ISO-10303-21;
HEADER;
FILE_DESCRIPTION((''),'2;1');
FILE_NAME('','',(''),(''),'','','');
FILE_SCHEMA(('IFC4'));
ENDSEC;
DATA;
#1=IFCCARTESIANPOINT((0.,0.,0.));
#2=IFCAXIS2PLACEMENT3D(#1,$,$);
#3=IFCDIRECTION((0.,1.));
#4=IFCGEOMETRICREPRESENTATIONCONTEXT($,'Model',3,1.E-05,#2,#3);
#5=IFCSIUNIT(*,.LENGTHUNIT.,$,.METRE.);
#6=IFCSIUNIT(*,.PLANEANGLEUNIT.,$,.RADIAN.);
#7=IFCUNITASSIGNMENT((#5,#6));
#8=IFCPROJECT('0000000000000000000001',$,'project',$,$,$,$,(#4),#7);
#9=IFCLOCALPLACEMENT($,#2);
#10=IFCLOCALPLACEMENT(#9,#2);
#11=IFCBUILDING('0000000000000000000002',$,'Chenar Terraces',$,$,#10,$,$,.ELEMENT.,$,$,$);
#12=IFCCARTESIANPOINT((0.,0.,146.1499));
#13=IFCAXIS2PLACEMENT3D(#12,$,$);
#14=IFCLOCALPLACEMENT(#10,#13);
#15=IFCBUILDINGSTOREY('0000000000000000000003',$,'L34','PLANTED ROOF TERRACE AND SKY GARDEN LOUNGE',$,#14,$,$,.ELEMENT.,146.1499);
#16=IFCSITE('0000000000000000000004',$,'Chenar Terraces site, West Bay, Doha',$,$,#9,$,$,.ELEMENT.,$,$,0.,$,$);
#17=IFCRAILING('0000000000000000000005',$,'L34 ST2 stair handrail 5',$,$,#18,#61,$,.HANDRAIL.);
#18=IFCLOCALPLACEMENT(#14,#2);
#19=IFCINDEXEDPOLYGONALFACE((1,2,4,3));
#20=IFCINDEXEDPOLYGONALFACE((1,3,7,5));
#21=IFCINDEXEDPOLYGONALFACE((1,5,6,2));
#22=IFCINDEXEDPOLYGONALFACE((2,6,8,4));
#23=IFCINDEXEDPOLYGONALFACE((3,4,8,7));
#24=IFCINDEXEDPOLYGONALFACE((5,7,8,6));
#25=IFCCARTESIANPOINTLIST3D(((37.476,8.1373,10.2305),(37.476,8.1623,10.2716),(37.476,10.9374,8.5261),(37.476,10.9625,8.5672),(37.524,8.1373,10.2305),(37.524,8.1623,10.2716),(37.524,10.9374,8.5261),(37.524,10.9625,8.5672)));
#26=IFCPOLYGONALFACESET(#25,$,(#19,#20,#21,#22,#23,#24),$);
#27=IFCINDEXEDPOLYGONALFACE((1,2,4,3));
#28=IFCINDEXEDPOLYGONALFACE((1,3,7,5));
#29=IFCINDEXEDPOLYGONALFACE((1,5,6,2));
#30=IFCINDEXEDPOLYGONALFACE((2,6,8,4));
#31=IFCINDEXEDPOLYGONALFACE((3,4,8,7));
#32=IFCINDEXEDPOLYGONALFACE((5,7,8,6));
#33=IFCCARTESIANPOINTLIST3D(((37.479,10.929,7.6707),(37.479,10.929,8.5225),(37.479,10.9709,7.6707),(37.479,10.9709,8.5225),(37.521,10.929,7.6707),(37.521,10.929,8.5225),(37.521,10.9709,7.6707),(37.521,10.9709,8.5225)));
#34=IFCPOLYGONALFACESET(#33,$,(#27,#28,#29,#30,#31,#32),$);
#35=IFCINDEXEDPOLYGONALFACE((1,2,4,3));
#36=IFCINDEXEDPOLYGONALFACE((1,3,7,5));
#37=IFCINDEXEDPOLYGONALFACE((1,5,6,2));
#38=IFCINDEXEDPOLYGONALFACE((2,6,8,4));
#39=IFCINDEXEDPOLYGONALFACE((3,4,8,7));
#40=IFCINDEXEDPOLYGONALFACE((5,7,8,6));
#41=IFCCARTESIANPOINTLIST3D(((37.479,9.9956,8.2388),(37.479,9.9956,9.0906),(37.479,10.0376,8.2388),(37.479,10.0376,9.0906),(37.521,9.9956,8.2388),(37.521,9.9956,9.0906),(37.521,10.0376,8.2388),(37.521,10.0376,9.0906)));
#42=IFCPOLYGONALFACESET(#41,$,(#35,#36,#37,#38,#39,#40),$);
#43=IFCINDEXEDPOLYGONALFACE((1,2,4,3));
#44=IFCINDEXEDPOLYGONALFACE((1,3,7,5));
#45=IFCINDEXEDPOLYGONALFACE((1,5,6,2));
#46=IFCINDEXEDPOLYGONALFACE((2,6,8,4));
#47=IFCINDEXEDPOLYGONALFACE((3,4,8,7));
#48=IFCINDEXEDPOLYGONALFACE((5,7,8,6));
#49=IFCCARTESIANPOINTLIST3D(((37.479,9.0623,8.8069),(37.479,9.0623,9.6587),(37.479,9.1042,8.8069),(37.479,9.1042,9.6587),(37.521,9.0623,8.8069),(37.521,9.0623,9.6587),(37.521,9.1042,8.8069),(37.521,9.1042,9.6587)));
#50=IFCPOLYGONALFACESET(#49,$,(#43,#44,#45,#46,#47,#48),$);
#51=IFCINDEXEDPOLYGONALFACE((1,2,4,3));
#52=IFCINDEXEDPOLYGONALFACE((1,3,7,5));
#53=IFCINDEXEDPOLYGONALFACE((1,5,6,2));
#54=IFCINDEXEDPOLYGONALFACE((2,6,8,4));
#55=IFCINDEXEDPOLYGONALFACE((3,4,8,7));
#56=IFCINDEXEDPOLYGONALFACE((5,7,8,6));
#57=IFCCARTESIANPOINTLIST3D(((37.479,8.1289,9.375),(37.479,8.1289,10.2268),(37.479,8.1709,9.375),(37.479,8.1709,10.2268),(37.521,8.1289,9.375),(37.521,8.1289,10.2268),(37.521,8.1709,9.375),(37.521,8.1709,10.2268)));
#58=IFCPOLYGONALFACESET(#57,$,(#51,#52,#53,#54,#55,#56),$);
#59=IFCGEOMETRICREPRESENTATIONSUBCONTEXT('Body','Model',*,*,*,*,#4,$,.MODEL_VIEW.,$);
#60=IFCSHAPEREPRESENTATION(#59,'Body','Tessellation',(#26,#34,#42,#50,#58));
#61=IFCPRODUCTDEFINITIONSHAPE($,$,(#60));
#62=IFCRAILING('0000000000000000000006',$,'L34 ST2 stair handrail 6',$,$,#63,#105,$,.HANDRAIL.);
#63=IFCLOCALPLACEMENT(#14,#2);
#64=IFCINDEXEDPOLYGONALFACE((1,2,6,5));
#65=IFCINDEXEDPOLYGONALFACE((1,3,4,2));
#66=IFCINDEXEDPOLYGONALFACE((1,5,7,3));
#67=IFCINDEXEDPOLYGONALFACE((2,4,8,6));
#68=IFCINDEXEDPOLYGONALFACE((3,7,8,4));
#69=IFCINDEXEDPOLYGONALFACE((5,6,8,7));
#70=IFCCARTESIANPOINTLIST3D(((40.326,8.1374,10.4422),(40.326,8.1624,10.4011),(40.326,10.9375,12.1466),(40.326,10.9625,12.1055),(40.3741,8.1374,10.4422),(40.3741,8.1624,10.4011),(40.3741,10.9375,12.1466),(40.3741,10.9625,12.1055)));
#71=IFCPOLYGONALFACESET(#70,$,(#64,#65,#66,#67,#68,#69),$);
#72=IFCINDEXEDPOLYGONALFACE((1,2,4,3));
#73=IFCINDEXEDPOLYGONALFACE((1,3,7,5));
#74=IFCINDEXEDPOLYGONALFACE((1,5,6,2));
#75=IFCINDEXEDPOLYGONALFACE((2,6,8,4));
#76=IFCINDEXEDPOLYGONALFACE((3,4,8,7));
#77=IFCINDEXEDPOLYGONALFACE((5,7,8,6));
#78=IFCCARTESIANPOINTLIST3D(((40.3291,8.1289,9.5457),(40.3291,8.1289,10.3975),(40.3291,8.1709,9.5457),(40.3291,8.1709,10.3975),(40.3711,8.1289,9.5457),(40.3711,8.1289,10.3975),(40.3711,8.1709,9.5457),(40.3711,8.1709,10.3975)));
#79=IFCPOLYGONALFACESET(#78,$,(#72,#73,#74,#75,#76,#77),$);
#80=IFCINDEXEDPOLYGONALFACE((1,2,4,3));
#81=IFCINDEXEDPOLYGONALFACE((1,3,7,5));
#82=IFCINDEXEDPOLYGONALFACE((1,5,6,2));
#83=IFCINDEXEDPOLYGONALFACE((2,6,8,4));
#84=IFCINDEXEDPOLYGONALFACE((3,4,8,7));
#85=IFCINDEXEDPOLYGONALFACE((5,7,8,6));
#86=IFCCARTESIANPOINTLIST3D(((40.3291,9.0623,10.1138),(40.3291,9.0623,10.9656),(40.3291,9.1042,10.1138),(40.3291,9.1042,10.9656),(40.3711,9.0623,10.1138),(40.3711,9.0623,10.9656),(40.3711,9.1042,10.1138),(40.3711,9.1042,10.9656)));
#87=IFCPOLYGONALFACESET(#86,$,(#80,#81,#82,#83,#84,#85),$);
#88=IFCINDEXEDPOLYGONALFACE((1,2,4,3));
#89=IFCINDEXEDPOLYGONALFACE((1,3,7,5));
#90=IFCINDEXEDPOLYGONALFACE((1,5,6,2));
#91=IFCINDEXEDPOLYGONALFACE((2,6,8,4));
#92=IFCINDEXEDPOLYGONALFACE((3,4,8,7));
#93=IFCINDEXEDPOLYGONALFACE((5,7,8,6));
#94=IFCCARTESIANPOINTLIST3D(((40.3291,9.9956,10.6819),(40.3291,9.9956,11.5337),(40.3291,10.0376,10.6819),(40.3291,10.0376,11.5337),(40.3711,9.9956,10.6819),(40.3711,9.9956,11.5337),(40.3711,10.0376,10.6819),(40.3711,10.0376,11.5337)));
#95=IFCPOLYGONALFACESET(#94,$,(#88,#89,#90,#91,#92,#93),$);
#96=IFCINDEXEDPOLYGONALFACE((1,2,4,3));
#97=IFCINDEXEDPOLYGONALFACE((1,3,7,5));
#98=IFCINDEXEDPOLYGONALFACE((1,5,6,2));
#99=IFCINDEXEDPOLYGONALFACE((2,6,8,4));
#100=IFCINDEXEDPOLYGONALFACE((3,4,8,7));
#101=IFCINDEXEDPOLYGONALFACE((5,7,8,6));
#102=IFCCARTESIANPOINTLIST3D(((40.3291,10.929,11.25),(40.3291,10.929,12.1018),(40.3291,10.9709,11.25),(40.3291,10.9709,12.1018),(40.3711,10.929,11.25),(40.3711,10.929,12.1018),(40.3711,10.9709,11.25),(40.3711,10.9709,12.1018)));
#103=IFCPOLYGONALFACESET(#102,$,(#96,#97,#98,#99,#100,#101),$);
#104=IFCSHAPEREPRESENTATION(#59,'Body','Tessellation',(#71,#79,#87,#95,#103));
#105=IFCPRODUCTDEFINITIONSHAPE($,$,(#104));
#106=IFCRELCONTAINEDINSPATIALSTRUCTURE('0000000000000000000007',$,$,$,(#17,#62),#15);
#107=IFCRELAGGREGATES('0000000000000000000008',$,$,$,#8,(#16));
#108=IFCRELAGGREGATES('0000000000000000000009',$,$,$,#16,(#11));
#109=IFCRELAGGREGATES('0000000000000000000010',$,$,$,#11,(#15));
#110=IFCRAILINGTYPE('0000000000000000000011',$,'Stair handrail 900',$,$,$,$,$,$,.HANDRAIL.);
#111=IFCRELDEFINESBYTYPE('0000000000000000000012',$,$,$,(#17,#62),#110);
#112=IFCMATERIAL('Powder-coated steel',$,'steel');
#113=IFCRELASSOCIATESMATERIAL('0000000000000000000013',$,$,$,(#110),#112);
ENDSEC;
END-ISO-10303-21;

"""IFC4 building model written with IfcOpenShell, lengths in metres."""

from ifc_helpers import new_model, si_unit, direction, frame, origin, origin_2d, place, context, subcontext, project, spatial, rectangle, extrude, material, type_object, element, save


model = new_model("IFC4")

# Units and contexts
model_context = context("Model", 3, precision=1e-05, world=origin(), true_north=direction((0.0, 1.0)))
body_context = subcontext(model_context, "Body", "Model", "MODEL_VIEW")
ifc_project = project(units=[si_unit("LENGTHUNIT", "METRE"), si_unit("PLANEANGLEUNIT", "RADIAN")], contexts=[model_context])

# Site, building, storey
site_placement = place(None, origin())
site = spatial("IfcSite", under=ifc_project, at=site_placement, Name="Chenar Terraces site, West Bay, Doha", CompositionType="ELEMENT", RefElevation=0.0)
building_placement = place(site_placement, origin())
building = spatial("IfcBuilding", under=site, at=building_placement, Name="Chenar Terraces", CompositionType="ELEMENT")
storey_placement = place(building_placement, frame((0.0, 0.0, 146.1499)))
storey = spatial("IfcBuildingStorey", under=building, at=storey_placement, Name="L34", Description="PLANTED ROOF TERRACE AND SKY GARDEN LOUNGE", CompositionType="ELEMENT", Elevation=146.1499)

# Railings
ifc_material_1 = material(Name="Powder-coated steel", Category="steel")
railing_type_1 = type_object("IfcRailingType", Name="Stair handrail 900", PredefinedType="HANDRAIL", material=ifc_material_1)
railing_1_placement = place(storey_placement, frame((37.5, 10.95, 7.6707)))
element("IfcRailing", 1, at=railing_1_placement, inside=storey, type_object=railing_type_1, Name="L34 ST2 stair handrail 5", PredefinedType="HANDRAIL", context=body_context, shape_type="SweptSolid", body=[
    extrude(rectangle(XDim=0.0481, YDim=0.0481, at=origin_2d()), frame((0.0, 0.0, 0.876), z_axis=(0.0, -0.854203, 0.51994), x_axis=(1.0, 0.0, 0.0)), (0.0, 0.0, 1.0), 3.2781),
    extrude(rectangle(XDim=0.042, YDim=0.042, at=origin_2d()), origin(), (0.0, 0.0, 1.0), 0.8518),
    extrude(rectangle(XDim=0.042, YDim=0.042, at=origin_2d()), frame((0.0, -0.9333, 0.5681)), (0.0, 0.0, 1.0), 0.8518),
    extrude(rectangle(XDim=0.042, YDim=0.042, at=origin_2d()), frame((0.0, -1.8667, 1.1362)), (0.0, 0.0, 1.0), 0.8518),
    extrude(rectangle(XDim=0.042, YDim=0.042, at=origin_2d()), frame((0.0, -2.8, 1.7043)), (0.0, 0.0, 1.0), 0.8518),
])
railing_2_placement = place(storey_placement, frame((40.3501, 8.1499, 9.5457)))
element("IfcRailing", 2, at=railing_2_placement, inside=storey, type_object=railing_type_1, Name="L34 ST2 stair handrail 6", PredefinedType="HANDRAIL", context=body_context, shape_type="SweptSolid", body=[
    extrude(rectangle(XDim=0.0481, YDim=0.0481, at=origin_2d()), frame((0.0, 0.0, 0.876), z_axis=(0.0, 0.854203, 0.51994), x_axis=(-1.0, 0.0, 0.0)), (0.0, 0.0, 1.0), 3.2781),
    extrude(rectangle(XDim=0.042, YDim=0.042, at=origin_2d()), origin(), (0.0, 0.0, 1.0), 0.8518),
    extrude(rectangle(XDim=0.042, YDim=0.042, at=origin_2d()), frame((0.0, 0.9333, 0.5681)), (0.0, 0.0, 1.0), 0.8518),
    extrude(rectangle(XDim=0.042, YDim=0.042, at=origin_2d()), frame((0.0, 1.8667, 1.1362)), (0.0, 0.0, 1.0), 0.8518),
    extrude(rectangle(XDim=0.042, YDim=0.042, at=origin_2d()), frame((0.0, 2.8, 1.7043)), (0.0, 0.0, 1.0), 0.8518),
])

save(model, "model.ifc")
